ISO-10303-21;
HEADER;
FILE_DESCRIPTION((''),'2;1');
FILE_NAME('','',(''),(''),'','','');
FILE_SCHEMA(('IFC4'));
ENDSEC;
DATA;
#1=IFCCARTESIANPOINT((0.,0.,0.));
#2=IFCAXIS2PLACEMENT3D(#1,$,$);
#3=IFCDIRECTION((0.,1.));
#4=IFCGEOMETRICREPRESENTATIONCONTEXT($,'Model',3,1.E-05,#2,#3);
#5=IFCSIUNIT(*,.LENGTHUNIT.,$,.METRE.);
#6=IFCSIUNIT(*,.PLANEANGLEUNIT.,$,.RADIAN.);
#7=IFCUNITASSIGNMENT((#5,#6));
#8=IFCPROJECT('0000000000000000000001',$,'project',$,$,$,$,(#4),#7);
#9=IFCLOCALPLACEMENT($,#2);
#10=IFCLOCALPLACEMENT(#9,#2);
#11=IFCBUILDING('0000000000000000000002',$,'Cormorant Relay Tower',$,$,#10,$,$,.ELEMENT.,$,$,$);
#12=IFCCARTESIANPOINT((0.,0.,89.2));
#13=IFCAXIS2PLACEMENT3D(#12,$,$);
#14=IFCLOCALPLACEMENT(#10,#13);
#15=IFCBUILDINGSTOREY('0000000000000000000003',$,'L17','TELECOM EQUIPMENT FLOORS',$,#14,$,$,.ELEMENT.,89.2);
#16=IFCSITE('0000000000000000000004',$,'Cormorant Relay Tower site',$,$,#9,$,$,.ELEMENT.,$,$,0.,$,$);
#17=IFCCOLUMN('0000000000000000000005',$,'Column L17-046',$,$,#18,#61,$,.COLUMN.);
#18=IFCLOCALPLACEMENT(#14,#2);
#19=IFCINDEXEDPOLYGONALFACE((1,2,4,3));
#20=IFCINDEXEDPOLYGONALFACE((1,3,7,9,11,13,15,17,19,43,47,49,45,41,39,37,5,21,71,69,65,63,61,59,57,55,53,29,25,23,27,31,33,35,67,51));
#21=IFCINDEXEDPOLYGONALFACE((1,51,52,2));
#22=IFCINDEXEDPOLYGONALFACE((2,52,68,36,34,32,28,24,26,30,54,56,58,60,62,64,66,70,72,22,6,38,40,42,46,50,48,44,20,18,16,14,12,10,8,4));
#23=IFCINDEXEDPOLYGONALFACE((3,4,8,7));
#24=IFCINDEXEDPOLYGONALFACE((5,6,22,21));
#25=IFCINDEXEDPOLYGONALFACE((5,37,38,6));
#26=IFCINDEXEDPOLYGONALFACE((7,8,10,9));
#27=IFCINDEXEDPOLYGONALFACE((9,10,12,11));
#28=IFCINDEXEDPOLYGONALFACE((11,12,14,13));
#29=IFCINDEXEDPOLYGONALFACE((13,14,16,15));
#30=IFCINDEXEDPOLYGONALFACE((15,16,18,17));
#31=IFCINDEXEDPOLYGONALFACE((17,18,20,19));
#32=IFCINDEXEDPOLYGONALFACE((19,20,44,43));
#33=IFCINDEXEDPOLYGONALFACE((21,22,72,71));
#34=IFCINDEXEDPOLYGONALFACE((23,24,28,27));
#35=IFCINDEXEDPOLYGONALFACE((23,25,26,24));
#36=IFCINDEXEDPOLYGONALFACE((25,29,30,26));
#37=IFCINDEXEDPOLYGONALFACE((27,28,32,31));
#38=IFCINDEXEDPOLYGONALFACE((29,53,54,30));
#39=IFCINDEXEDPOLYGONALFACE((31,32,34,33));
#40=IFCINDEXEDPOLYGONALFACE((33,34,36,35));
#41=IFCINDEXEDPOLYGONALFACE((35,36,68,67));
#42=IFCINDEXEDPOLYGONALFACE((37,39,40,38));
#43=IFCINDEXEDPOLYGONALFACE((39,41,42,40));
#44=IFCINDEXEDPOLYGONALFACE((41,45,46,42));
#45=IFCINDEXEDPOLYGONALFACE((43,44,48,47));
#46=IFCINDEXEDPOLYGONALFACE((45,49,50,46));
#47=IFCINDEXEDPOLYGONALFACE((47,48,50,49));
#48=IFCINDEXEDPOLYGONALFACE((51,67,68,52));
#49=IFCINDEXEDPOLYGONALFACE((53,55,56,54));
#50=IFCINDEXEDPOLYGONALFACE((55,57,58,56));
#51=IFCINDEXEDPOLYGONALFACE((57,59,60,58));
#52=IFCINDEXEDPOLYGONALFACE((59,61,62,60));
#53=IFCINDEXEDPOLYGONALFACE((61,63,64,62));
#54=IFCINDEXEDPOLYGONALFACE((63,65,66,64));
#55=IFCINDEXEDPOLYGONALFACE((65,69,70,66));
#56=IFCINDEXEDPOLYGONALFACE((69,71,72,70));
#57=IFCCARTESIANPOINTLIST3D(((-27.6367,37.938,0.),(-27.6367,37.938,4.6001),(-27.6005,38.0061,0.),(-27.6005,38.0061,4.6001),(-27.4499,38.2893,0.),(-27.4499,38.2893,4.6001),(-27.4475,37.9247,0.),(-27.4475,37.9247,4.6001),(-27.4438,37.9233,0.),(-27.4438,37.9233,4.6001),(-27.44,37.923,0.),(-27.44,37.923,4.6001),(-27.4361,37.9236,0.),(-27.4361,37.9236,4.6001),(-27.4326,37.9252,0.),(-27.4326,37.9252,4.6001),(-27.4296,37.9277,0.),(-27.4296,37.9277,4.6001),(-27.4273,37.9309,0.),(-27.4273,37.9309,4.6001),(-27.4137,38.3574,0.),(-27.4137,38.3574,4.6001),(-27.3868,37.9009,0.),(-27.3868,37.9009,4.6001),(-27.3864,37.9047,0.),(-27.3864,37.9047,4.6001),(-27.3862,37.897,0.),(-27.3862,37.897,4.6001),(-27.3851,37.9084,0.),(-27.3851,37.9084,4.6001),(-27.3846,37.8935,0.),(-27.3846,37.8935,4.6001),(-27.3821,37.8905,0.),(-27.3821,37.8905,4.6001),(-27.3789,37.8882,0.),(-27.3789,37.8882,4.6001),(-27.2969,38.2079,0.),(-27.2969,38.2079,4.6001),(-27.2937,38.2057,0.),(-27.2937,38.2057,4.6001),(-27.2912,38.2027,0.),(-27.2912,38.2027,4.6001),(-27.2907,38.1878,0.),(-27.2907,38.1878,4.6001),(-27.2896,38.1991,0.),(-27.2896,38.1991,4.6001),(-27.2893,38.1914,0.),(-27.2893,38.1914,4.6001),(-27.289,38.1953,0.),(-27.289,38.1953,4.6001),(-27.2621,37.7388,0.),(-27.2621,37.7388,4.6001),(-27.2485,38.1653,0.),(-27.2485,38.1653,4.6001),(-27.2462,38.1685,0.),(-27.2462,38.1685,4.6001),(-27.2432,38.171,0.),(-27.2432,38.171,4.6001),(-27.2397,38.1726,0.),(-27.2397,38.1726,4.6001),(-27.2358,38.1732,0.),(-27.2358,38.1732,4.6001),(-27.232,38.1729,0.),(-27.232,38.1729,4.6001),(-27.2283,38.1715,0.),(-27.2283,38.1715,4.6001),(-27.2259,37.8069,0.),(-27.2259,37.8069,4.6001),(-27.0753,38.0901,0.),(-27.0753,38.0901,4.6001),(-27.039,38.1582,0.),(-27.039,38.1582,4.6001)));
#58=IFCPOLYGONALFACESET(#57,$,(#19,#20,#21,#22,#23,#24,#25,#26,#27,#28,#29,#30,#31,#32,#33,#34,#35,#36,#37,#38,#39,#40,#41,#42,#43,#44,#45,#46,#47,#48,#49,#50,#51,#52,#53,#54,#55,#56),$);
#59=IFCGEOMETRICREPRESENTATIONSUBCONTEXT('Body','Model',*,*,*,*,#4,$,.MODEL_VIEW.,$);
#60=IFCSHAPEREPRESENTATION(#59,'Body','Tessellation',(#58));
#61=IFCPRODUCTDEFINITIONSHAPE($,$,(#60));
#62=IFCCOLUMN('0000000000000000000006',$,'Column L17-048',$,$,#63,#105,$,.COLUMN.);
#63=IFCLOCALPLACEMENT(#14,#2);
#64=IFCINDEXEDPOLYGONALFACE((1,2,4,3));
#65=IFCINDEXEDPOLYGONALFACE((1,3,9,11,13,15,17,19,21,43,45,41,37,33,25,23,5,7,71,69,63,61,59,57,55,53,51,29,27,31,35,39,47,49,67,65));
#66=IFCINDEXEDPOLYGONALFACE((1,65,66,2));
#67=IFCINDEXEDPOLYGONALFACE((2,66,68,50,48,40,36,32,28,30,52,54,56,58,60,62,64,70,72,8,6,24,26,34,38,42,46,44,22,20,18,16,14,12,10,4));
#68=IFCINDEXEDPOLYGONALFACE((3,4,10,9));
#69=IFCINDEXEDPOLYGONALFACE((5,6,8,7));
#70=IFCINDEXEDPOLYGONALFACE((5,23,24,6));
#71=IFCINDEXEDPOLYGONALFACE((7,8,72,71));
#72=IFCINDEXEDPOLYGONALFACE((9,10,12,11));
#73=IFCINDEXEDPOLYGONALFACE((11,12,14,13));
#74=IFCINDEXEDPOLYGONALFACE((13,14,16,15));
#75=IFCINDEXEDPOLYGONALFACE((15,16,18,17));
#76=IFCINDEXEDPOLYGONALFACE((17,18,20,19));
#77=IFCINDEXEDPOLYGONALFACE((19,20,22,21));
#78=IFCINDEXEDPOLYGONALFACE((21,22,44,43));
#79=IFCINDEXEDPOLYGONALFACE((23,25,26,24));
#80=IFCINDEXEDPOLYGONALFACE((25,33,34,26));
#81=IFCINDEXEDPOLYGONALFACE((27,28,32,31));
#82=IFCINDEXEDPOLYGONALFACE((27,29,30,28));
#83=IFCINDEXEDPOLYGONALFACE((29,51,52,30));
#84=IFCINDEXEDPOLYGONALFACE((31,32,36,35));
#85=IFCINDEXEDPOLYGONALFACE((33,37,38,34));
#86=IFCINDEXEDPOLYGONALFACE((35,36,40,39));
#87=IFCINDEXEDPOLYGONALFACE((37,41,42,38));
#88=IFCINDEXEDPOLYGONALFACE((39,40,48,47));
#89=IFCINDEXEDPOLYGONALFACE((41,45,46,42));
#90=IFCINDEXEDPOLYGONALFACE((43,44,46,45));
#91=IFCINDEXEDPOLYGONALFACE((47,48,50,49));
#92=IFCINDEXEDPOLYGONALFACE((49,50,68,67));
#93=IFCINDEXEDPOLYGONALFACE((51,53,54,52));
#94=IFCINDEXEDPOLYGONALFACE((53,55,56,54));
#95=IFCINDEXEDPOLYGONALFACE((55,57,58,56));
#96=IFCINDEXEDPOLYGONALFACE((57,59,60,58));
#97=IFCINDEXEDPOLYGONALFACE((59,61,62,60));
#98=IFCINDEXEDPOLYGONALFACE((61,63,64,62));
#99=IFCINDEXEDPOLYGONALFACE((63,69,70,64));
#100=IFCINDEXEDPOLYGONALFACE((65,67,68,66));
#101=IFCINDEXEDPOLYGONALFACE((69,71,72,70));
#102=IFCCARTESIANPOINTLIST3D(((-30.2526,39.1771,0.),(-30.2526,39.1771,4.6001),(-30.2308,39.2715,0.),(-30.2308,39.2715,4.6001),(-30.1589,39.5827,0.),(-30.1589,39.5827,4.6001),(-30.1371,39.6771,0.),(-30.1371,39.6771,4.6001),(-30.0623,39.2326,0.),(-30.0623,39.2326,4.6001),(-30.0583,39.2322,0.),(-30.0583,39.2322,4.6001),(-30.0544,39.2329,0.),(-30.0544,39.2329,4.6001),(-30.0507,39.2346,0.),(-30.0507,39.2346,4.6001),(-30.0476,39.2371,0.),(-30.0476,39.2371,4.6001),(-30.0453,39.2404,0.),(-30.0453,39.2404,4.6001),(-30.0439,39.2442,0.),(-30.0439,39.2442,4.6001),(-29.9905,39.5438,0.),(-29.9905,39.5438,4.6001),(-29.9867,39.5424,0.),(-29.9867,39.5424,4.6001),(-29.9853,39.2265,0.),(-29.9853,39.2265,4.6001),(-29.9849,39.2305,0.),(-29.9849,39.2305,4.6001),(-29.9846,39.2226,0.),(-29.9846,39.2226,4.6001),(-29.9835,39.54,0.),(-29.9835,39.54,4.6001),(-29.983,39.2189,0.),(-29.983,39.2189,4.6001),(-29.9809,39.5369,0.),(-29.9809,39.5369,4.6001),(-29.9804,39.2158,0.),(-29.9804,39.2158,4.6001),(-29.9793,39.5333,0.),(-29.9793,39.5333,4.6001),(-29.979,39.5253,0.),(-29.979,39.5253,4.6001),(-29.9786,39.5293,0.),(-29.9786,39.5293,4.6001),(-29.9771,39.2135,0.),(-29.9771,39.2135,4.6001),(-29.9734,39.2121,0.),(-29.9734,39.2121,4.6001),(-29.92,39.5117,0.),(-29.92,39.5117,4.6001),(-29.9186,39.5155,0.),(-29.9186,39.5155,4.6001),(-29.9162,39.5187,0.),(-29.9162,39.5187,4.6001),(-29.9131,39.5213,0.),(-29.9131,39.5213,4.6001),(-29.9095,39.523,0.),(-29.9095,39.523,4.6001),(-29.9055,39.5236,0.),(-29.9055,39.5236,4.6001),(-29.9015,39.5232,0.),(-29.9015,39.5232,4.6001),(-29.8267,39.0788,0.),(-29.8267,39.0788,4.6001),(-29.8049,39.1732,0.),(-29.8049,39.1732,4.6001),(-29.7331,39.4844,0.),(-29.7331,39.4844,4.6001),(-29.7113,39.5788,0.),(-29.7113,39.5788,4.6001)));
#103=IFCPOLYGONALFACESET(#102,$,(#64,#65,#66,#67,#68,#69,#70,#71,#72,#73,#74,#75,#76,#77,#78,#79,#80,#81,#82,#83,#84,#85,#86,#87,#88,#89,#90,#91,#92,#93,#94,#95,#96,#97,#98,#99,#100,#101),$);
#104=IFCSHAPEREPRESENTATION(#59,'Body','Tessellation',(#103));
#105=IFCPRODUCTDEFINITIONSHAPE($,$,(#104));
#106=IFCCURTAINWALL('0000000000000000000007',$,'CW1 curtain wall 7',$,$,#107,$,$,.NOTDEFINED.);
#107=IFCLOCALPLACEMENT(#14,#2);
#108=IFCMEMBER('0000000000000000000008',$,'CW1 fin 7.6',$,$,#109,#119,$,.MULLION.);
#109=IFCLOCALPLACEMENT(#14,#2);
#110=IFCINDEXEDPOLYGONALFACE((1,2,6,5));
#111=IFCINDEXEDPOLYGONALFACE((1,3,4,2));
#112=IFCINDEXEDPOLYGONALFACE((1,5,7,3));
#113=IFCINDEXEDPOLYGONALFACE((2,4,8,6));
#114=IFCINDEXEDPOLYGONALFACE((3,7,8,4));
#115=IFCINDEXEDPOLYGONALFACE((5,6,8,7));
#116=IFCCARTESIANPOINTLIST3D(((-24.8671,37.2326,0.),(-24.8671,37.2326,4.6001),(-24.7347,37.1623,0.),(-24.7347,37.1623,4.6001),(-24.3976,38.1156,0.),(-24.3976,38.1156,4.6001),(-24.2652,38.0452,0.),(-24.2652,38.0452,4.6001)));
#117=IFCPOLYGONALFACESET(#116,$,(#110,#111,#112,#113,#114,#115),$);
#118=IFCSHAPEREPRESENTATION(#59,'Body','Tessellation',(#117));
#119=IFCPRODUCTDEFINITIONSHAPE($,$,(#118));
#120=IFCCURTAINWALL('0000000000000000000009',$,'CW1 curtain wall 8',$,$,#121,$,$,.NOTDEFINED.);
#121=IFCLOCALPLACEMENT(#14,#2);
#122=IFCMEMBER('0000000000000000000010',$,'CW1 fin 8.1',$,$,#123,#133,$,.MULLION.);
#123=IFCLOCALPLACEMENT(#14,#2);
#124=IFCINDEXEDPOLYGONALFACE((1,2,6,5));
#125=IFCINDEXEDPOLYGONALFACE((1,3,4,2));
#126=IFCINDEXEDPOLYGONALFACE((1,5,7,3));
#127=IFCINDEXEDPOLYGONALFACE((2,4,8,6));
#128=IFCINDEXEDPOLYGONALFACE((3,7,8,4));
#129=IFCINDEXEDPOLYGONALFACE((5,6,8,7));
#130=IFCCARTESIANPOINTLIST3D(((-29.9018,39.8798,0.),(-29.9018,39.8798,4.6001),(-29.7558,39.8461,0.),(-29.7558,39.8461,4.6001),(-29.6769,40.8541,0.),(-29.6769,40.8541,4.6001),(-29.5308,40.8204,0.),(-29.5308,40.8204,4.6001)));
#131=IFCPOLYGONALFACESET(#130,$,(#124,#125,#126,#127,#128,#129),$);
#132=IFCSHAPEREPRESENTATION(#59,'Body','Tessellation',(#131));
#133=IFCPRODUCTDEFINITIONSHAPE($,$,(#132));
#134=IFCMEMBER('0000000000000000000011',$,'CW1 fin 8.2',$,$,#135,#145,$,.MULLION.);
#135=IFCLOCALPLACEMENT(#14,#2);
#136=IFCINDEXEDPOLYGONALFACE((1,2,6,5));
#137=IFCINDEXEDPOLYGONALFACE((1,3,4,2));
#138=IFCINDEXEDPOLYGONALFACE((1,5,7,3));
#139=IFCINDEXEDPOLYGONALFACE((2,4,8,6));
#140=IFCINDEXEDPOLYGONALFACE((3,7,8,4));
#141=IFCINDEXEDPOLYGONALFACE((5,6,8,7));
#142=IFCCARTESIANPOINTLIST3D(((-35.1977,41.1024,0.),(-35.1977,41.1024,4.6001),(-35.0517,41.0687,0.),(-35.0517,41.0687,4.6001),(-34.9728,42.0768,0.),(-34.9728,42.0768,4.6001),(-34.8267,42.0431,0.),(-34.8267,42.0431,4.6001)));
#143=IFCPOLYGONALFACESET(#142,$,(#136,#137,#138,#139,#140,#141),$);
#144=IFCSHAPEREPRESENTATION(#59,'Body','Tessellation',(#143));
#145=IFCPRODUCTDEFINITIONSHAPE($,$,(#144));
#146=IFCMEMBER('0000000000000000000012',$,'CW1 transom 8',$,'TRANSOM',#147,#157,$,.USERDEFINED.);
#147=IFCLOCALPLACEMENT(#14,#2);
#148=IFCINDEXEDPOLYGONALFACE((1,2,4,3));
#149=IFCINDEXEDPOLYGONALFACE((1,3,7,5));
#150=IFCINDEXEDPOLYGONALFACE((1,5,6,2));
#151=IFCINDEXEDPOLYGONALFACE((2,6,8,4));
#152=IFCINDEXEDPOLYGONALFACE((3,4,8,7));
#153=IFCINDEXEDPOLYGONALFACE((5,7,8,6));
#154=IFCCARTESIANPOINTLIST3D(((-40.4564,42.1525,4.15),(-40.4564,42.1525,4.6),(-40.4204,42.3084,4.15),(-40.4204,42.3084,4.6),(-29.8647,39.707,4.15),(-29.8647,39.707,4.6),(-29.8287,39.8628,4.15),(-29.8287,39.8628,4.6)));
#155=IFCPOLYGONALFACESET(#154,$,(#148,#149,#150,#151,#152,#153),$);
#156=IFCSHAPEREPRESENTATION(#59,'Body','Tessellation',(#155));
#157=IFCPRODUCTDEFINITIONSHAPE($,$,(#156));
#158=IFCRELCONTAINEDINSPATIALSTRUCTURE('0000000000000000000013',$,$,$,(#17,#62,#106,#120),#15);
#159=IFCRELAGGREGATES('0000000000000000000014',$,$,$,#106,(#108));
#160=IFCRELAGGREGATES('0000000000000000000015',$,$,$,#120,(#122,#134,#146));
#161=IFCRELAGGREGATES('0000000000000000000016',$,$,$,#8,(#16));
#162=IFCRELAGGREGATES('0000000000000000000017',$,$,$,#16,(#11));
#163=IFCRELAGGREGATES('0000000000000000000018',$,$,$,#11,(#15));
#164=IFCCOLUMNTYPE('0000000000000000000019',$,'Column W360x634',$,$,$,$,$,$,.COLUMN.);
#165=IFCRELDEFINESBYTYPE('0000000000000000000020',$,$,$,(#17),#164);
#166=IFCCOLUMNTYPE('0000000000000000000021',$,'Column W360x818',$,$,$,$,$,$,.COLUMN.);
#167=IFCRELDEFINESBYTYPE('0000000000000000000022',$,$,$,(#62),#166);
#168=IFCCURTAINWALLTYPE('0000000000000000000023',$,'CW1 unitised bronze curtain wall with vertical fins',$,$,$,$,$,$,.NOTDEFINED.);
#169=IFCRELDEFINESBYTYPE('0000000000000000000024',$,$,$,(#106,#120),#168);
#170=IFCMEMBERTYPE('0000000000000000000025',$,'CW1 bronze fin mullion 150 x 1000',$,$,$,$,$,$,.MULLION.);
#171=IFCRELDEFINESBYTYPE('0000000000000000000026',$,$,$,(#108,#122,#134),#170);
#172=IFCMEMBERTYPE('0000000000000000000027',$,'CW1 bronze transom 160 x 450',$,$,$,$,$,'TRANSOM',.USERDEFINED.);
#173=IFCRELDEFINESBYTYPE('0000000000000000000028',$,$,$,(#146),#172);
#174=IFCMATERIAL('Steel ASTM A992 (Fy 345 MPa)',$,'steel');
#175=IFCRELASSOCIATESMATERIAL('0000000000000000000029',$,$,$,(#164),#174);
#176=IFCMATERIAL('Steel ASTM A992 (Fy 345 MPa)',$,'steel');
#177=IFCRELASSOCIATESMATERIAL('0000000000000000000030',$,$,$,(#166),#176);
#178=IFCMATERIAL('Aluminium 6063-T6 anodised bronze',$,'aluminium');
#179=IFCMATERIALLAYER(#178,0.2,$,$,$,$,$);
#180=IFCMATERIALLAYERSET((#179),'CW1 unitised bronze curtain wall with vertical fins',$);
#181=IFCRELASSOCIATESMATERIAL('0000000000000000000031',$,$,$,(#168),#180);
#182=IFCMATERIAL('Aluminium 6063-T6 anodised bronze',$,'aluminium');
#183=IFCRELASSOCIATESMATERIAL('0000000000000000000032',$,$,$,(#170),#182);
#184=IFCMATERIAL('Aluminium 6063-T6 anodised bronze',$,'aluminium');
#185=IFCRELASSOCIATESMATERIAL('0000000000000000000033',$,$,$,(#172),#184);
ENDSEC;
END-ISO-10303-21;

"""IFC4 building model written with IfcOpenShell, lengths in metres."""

from ifc_helpers import new_model, si_unit, direction, frame, origin, origin_2d, place, context, subcontext, project, spatial, rectangle, i_section, extrude, material, layer, layer_set, material_profile, profile_set, type_object, element, aggregate, save


model = new_model("IFC4")

# Units and contexts
model_context = context("Model", 3, precision=1e-05, world=origin(), true_north=direction((0.0, 1.0)))
body_context = subcontext(model_context, "Body", "Model", "MODEL_VIEW")
ifc_project = project(units=[si_unit("LENGTHUNIT", "METRE"), si_unit("PLANEANGLEUNIT", "RADIAN")], contexts=[model_context])

# Site, building, storey
site_placement = place(None, origin())
site = spatial("IfcSite", under=ifc_project, at=site_placement, Name="Cormorant Relay Tower site", CompositionType="ELEMENT", RefElevation=0.0)
building_placement = place(site_placement, origin())
building = spatial("IfcBuilding", under=site, at=building_placement, Name="Cormorant Relay Tower", CompositionType="ELEMENT")
storey_placement = place(building_placement, frame((0.0, 0.0, 89.2)))
storey = spatial("IfcBuildingStorey", under=building, at=storey_placement, Name="L17", Description="TELECOM EQUIPMENT FLOORS", CompositionType="ELEMENT", Elevation=89.2)

# Columns
ifc_material_1 = material(Name="Steel ASTM A992 (Fy 345 MPa)", Category="steel")
ifc_material_profile_1 = material_profile(ifc_material_1, i_section(OverallWidth=0.4243, OverallDepth=0.4751, WebThickness=0.0479, FlangeThickness=0.0771, FilletRadius=0.0149, at=origin_2d()), Name="W360x634")
ifc_profile_set_1 = profile_set([ifc_material_profile_1], Name="Steel ASTM A992 (Fy 345 MPa)")
column_type_1 = type_object("IfcColumnType", Name="Column W360x634", PredefinedType="COLUMN", material=ifc_profile_set_1)
column_1_placement = place(storey_placement, frame((-27.3379, 38.0481, 0.0), z_axis=(0.0, 0.0, 1.0), x_axis=(-0.882948, 0.469472, 0.0)))
element("IfcColumn", 1, at=column_1_placement, inside=storey, type_object=column_type_1, Name="Column L17-046", PredefinedType="COLUMN", context=body_context, shape_type="SweptSolid", body=[
    extrude(i_section(OverallWidth=0.4243, OverallDepth=0.4751, WebThickness=0.0479, FlangeThickness=0.0771, FilletRadius=0.0149, at=origin_2d()), origin(), (0.0, 0.0, 1.0), 4.6001),
])
ifc_material_2 = material(Name="Steel ASTM A992 (Fy 345 MPa)", Category="steel")
ifc_material_profile_2 = material_profile(ifc_material_2, i_section(OverallWidth=0.437, OverallDepth=0.5132, WebThickness=0.0605, FlangeThickness=0.0969, FilletRadius=0.0154, at=origin_2d()), Name="W360x818")
ifc_profile_set_2 = profile_set([ifc_material_profile_2], Name="Steel ASTM A992 (Fy 345 MPa)")
column_type_2 = type_object("IfcColumnType", Name="Column W360x818", PredefinedType="COLUMN", material=ifc_profile_set_2)
column_2_placement = place(storey_placement, frame((-29.9819, 39.3779, 0.0), z_axis=(0.0, 0.0, 1.0), x_axis=(-0.97437, 0.224951, 0.0)))
element("IfcColumn", 2, at=column_2_placement, inside=storey, type_object=column_type_2, Name="Column L17-048", PredefinedType="COLUMN", context=body_context, shape_type="SweptSolid", body=[
    extrude(i_section(OverallWidth=0.437, OverallDepth=0.5132, WebThickness=0.0605, FlangeThickness=0.0969, FilletRadius=0.0154, at=origin_2d()), origin(), (0.0, 0.0, 1.0), 4.6001),
])

# Curtain wall, member
ifc_material_3 = material(Name="Aluminium 6063-T6 anodised bronze", Category="aluminium")
ifc_layer_1 = layer(ifc_material_3, 0.2)
ifc_layer_set_1 = layer_set([ifc_layer_1], Name="CW1 unitised bronze curtain wall with vertical fins")
curtain_wall_type = type_object("IfcCurtainWallType", Name="CW1 unitised bronze curtain wall with vertical fins", PredefinedType="NOTDEFINED", material=ifc_layer_set_1)
curtain_wall_1_placement = place(storey_placement, origin())
curtain_wall_1 = element("IfcCurtainWall", 3, at=curtain_wall_1_placement, inside=storey, type_object=curtain_wall_type, Name="CW1 curtain wall 7", PredefinedType="NOTDEFINED")
ifc_material_4 = material(Name="Aluminium 6063-T6 anodised bronze", Category="aluminium")
ifc_material_profile_3 = material_profile(ifc_material_4, rectangle(XDim=0.1499, YDim=1.0, at=origin_2d()), Name="AL 150x1000")
ifc_profile_set_3 = profile_set([ifc_material_profile_3], Name="Aluminium 6063-T6 anodised bronze")
member_type_1 = type_object("IfcMemberType", Name="CW1 bronze fin mullion 150 x 1000", PredefinedType="MULLION", material=ifc_profile_set_3)
member_1_placement = place(storey_placement, frame((-24.5662, 37.6389, 0.0), z_axis=(0.0, 0.0, 1.0), x_axis=(-0.882948, 0.469472, 0.0)))
member_1 = element("IfcMember", 4, at=member_1_placement, type_object=member_type_1, Name="CW1 fin 7.6", PredefinedType="MULLION", context=body_context, shape_type="SweptSolid", body=[
    extrude(rectangle(XDim=0.1499, YDim=1.0, at=origin_2d()), origin(), (0.0, 0.0, 1.0), 4.6001),
])

# Curtain wall, members
curtain_wall_2_placement = place(storey_placement, origin())
curtain_wall_2 = element("IfcCurtainWall", 5, at=curtain_wall_2_placement, inside=storey, type_object=curtain_wall_type, Name="CW1 curtain wall 8", PredefinedType="NOTDEFINED")
member_2_placement = place(storey_placement, frame((-29.7163, 40.3501, 0.0), z_axis=(0.0, 0.0, 1.0), x_axis=(-0.97437, 0.224951, 0.0)))
member_2 = element("IfcMember", 6, at=member_2_placement, type_object=member_type_1, Name="CW1 fin 8.1", PredefinedType="MULLION", context=body_context, shape_type="SweptSolid", body=[
    extrude(rectangle(XDim=0.1499, YDim=1.0, at=origin_2d()), origin(), (0.0, 0.0, 1.0), 4.6001),
])
member_3_placement = place(storey_placement, frame((-35.0122, 41.5728, 0.0), z_axis=(0.0, 0.0, 1.0), x_axis=(-0.97437, 0.224951, 0.0)))
member_3 = element("IfcMember", 7, at=member_3_placement, type_object=member_type_1, Name="CW1 fin 8.2", PredefinedType="MULLION", context=body_context, shape_type="SweptSolid", body=[
    extrude(rectangle(XDim=0.1499, YDim=1.0, at=origin_2d()), origin(), (0.0, 0.0, 1.0), 4.6001),
])
ifc_material_5 = material(Name="Aluminium 6063-T6 anodised bronze", Category="aluminium")
ifc_material_profile_4 = material_profile(ifc_material_5, rectangle(XDim=0.1599, YDim=0.45, at=origin_2d()), Name="AL 160x450")
ifc_profile_set_4 = profile_set([ifc_material_profile_4], Name="Aluminium 6063-T6 anodised bronze")
member_type_2 = type_object("IfcMemberType", Name="CW1 bronze transom 160 x 450", ElementType="TRANSOM", PredefinedType="USERDEFINED", material=ifc_profile_set_4)
member_4_placement = place(storey_placement, frame((-29.8467, 39.7849, 4.375), z_axis=(-0.974365, 0.224973, 0.0), x_axis=(-0.224973, -0.974365, 0.0)))
member_4 = element("IfcMember", 8, at=member_4_placement, type_object=member_type_2, Name="CW1 transom 8", ObjectType="TRANSOM", PredefinedType="USERDEFINED", context=body_context, shape_type="SweptSolid", body=[
    extrude(rectangle(XDim=0.1599, YDim=0.45, at=origin_2d()), origin(), (0.0, 0.0, 1.0), 10.8704),
])

aggregate(curtain_wall_1, [member_1])
aggregate(curtain_wall_2, [member_2, member_3, member_4])

save(model, "model.ifc")
